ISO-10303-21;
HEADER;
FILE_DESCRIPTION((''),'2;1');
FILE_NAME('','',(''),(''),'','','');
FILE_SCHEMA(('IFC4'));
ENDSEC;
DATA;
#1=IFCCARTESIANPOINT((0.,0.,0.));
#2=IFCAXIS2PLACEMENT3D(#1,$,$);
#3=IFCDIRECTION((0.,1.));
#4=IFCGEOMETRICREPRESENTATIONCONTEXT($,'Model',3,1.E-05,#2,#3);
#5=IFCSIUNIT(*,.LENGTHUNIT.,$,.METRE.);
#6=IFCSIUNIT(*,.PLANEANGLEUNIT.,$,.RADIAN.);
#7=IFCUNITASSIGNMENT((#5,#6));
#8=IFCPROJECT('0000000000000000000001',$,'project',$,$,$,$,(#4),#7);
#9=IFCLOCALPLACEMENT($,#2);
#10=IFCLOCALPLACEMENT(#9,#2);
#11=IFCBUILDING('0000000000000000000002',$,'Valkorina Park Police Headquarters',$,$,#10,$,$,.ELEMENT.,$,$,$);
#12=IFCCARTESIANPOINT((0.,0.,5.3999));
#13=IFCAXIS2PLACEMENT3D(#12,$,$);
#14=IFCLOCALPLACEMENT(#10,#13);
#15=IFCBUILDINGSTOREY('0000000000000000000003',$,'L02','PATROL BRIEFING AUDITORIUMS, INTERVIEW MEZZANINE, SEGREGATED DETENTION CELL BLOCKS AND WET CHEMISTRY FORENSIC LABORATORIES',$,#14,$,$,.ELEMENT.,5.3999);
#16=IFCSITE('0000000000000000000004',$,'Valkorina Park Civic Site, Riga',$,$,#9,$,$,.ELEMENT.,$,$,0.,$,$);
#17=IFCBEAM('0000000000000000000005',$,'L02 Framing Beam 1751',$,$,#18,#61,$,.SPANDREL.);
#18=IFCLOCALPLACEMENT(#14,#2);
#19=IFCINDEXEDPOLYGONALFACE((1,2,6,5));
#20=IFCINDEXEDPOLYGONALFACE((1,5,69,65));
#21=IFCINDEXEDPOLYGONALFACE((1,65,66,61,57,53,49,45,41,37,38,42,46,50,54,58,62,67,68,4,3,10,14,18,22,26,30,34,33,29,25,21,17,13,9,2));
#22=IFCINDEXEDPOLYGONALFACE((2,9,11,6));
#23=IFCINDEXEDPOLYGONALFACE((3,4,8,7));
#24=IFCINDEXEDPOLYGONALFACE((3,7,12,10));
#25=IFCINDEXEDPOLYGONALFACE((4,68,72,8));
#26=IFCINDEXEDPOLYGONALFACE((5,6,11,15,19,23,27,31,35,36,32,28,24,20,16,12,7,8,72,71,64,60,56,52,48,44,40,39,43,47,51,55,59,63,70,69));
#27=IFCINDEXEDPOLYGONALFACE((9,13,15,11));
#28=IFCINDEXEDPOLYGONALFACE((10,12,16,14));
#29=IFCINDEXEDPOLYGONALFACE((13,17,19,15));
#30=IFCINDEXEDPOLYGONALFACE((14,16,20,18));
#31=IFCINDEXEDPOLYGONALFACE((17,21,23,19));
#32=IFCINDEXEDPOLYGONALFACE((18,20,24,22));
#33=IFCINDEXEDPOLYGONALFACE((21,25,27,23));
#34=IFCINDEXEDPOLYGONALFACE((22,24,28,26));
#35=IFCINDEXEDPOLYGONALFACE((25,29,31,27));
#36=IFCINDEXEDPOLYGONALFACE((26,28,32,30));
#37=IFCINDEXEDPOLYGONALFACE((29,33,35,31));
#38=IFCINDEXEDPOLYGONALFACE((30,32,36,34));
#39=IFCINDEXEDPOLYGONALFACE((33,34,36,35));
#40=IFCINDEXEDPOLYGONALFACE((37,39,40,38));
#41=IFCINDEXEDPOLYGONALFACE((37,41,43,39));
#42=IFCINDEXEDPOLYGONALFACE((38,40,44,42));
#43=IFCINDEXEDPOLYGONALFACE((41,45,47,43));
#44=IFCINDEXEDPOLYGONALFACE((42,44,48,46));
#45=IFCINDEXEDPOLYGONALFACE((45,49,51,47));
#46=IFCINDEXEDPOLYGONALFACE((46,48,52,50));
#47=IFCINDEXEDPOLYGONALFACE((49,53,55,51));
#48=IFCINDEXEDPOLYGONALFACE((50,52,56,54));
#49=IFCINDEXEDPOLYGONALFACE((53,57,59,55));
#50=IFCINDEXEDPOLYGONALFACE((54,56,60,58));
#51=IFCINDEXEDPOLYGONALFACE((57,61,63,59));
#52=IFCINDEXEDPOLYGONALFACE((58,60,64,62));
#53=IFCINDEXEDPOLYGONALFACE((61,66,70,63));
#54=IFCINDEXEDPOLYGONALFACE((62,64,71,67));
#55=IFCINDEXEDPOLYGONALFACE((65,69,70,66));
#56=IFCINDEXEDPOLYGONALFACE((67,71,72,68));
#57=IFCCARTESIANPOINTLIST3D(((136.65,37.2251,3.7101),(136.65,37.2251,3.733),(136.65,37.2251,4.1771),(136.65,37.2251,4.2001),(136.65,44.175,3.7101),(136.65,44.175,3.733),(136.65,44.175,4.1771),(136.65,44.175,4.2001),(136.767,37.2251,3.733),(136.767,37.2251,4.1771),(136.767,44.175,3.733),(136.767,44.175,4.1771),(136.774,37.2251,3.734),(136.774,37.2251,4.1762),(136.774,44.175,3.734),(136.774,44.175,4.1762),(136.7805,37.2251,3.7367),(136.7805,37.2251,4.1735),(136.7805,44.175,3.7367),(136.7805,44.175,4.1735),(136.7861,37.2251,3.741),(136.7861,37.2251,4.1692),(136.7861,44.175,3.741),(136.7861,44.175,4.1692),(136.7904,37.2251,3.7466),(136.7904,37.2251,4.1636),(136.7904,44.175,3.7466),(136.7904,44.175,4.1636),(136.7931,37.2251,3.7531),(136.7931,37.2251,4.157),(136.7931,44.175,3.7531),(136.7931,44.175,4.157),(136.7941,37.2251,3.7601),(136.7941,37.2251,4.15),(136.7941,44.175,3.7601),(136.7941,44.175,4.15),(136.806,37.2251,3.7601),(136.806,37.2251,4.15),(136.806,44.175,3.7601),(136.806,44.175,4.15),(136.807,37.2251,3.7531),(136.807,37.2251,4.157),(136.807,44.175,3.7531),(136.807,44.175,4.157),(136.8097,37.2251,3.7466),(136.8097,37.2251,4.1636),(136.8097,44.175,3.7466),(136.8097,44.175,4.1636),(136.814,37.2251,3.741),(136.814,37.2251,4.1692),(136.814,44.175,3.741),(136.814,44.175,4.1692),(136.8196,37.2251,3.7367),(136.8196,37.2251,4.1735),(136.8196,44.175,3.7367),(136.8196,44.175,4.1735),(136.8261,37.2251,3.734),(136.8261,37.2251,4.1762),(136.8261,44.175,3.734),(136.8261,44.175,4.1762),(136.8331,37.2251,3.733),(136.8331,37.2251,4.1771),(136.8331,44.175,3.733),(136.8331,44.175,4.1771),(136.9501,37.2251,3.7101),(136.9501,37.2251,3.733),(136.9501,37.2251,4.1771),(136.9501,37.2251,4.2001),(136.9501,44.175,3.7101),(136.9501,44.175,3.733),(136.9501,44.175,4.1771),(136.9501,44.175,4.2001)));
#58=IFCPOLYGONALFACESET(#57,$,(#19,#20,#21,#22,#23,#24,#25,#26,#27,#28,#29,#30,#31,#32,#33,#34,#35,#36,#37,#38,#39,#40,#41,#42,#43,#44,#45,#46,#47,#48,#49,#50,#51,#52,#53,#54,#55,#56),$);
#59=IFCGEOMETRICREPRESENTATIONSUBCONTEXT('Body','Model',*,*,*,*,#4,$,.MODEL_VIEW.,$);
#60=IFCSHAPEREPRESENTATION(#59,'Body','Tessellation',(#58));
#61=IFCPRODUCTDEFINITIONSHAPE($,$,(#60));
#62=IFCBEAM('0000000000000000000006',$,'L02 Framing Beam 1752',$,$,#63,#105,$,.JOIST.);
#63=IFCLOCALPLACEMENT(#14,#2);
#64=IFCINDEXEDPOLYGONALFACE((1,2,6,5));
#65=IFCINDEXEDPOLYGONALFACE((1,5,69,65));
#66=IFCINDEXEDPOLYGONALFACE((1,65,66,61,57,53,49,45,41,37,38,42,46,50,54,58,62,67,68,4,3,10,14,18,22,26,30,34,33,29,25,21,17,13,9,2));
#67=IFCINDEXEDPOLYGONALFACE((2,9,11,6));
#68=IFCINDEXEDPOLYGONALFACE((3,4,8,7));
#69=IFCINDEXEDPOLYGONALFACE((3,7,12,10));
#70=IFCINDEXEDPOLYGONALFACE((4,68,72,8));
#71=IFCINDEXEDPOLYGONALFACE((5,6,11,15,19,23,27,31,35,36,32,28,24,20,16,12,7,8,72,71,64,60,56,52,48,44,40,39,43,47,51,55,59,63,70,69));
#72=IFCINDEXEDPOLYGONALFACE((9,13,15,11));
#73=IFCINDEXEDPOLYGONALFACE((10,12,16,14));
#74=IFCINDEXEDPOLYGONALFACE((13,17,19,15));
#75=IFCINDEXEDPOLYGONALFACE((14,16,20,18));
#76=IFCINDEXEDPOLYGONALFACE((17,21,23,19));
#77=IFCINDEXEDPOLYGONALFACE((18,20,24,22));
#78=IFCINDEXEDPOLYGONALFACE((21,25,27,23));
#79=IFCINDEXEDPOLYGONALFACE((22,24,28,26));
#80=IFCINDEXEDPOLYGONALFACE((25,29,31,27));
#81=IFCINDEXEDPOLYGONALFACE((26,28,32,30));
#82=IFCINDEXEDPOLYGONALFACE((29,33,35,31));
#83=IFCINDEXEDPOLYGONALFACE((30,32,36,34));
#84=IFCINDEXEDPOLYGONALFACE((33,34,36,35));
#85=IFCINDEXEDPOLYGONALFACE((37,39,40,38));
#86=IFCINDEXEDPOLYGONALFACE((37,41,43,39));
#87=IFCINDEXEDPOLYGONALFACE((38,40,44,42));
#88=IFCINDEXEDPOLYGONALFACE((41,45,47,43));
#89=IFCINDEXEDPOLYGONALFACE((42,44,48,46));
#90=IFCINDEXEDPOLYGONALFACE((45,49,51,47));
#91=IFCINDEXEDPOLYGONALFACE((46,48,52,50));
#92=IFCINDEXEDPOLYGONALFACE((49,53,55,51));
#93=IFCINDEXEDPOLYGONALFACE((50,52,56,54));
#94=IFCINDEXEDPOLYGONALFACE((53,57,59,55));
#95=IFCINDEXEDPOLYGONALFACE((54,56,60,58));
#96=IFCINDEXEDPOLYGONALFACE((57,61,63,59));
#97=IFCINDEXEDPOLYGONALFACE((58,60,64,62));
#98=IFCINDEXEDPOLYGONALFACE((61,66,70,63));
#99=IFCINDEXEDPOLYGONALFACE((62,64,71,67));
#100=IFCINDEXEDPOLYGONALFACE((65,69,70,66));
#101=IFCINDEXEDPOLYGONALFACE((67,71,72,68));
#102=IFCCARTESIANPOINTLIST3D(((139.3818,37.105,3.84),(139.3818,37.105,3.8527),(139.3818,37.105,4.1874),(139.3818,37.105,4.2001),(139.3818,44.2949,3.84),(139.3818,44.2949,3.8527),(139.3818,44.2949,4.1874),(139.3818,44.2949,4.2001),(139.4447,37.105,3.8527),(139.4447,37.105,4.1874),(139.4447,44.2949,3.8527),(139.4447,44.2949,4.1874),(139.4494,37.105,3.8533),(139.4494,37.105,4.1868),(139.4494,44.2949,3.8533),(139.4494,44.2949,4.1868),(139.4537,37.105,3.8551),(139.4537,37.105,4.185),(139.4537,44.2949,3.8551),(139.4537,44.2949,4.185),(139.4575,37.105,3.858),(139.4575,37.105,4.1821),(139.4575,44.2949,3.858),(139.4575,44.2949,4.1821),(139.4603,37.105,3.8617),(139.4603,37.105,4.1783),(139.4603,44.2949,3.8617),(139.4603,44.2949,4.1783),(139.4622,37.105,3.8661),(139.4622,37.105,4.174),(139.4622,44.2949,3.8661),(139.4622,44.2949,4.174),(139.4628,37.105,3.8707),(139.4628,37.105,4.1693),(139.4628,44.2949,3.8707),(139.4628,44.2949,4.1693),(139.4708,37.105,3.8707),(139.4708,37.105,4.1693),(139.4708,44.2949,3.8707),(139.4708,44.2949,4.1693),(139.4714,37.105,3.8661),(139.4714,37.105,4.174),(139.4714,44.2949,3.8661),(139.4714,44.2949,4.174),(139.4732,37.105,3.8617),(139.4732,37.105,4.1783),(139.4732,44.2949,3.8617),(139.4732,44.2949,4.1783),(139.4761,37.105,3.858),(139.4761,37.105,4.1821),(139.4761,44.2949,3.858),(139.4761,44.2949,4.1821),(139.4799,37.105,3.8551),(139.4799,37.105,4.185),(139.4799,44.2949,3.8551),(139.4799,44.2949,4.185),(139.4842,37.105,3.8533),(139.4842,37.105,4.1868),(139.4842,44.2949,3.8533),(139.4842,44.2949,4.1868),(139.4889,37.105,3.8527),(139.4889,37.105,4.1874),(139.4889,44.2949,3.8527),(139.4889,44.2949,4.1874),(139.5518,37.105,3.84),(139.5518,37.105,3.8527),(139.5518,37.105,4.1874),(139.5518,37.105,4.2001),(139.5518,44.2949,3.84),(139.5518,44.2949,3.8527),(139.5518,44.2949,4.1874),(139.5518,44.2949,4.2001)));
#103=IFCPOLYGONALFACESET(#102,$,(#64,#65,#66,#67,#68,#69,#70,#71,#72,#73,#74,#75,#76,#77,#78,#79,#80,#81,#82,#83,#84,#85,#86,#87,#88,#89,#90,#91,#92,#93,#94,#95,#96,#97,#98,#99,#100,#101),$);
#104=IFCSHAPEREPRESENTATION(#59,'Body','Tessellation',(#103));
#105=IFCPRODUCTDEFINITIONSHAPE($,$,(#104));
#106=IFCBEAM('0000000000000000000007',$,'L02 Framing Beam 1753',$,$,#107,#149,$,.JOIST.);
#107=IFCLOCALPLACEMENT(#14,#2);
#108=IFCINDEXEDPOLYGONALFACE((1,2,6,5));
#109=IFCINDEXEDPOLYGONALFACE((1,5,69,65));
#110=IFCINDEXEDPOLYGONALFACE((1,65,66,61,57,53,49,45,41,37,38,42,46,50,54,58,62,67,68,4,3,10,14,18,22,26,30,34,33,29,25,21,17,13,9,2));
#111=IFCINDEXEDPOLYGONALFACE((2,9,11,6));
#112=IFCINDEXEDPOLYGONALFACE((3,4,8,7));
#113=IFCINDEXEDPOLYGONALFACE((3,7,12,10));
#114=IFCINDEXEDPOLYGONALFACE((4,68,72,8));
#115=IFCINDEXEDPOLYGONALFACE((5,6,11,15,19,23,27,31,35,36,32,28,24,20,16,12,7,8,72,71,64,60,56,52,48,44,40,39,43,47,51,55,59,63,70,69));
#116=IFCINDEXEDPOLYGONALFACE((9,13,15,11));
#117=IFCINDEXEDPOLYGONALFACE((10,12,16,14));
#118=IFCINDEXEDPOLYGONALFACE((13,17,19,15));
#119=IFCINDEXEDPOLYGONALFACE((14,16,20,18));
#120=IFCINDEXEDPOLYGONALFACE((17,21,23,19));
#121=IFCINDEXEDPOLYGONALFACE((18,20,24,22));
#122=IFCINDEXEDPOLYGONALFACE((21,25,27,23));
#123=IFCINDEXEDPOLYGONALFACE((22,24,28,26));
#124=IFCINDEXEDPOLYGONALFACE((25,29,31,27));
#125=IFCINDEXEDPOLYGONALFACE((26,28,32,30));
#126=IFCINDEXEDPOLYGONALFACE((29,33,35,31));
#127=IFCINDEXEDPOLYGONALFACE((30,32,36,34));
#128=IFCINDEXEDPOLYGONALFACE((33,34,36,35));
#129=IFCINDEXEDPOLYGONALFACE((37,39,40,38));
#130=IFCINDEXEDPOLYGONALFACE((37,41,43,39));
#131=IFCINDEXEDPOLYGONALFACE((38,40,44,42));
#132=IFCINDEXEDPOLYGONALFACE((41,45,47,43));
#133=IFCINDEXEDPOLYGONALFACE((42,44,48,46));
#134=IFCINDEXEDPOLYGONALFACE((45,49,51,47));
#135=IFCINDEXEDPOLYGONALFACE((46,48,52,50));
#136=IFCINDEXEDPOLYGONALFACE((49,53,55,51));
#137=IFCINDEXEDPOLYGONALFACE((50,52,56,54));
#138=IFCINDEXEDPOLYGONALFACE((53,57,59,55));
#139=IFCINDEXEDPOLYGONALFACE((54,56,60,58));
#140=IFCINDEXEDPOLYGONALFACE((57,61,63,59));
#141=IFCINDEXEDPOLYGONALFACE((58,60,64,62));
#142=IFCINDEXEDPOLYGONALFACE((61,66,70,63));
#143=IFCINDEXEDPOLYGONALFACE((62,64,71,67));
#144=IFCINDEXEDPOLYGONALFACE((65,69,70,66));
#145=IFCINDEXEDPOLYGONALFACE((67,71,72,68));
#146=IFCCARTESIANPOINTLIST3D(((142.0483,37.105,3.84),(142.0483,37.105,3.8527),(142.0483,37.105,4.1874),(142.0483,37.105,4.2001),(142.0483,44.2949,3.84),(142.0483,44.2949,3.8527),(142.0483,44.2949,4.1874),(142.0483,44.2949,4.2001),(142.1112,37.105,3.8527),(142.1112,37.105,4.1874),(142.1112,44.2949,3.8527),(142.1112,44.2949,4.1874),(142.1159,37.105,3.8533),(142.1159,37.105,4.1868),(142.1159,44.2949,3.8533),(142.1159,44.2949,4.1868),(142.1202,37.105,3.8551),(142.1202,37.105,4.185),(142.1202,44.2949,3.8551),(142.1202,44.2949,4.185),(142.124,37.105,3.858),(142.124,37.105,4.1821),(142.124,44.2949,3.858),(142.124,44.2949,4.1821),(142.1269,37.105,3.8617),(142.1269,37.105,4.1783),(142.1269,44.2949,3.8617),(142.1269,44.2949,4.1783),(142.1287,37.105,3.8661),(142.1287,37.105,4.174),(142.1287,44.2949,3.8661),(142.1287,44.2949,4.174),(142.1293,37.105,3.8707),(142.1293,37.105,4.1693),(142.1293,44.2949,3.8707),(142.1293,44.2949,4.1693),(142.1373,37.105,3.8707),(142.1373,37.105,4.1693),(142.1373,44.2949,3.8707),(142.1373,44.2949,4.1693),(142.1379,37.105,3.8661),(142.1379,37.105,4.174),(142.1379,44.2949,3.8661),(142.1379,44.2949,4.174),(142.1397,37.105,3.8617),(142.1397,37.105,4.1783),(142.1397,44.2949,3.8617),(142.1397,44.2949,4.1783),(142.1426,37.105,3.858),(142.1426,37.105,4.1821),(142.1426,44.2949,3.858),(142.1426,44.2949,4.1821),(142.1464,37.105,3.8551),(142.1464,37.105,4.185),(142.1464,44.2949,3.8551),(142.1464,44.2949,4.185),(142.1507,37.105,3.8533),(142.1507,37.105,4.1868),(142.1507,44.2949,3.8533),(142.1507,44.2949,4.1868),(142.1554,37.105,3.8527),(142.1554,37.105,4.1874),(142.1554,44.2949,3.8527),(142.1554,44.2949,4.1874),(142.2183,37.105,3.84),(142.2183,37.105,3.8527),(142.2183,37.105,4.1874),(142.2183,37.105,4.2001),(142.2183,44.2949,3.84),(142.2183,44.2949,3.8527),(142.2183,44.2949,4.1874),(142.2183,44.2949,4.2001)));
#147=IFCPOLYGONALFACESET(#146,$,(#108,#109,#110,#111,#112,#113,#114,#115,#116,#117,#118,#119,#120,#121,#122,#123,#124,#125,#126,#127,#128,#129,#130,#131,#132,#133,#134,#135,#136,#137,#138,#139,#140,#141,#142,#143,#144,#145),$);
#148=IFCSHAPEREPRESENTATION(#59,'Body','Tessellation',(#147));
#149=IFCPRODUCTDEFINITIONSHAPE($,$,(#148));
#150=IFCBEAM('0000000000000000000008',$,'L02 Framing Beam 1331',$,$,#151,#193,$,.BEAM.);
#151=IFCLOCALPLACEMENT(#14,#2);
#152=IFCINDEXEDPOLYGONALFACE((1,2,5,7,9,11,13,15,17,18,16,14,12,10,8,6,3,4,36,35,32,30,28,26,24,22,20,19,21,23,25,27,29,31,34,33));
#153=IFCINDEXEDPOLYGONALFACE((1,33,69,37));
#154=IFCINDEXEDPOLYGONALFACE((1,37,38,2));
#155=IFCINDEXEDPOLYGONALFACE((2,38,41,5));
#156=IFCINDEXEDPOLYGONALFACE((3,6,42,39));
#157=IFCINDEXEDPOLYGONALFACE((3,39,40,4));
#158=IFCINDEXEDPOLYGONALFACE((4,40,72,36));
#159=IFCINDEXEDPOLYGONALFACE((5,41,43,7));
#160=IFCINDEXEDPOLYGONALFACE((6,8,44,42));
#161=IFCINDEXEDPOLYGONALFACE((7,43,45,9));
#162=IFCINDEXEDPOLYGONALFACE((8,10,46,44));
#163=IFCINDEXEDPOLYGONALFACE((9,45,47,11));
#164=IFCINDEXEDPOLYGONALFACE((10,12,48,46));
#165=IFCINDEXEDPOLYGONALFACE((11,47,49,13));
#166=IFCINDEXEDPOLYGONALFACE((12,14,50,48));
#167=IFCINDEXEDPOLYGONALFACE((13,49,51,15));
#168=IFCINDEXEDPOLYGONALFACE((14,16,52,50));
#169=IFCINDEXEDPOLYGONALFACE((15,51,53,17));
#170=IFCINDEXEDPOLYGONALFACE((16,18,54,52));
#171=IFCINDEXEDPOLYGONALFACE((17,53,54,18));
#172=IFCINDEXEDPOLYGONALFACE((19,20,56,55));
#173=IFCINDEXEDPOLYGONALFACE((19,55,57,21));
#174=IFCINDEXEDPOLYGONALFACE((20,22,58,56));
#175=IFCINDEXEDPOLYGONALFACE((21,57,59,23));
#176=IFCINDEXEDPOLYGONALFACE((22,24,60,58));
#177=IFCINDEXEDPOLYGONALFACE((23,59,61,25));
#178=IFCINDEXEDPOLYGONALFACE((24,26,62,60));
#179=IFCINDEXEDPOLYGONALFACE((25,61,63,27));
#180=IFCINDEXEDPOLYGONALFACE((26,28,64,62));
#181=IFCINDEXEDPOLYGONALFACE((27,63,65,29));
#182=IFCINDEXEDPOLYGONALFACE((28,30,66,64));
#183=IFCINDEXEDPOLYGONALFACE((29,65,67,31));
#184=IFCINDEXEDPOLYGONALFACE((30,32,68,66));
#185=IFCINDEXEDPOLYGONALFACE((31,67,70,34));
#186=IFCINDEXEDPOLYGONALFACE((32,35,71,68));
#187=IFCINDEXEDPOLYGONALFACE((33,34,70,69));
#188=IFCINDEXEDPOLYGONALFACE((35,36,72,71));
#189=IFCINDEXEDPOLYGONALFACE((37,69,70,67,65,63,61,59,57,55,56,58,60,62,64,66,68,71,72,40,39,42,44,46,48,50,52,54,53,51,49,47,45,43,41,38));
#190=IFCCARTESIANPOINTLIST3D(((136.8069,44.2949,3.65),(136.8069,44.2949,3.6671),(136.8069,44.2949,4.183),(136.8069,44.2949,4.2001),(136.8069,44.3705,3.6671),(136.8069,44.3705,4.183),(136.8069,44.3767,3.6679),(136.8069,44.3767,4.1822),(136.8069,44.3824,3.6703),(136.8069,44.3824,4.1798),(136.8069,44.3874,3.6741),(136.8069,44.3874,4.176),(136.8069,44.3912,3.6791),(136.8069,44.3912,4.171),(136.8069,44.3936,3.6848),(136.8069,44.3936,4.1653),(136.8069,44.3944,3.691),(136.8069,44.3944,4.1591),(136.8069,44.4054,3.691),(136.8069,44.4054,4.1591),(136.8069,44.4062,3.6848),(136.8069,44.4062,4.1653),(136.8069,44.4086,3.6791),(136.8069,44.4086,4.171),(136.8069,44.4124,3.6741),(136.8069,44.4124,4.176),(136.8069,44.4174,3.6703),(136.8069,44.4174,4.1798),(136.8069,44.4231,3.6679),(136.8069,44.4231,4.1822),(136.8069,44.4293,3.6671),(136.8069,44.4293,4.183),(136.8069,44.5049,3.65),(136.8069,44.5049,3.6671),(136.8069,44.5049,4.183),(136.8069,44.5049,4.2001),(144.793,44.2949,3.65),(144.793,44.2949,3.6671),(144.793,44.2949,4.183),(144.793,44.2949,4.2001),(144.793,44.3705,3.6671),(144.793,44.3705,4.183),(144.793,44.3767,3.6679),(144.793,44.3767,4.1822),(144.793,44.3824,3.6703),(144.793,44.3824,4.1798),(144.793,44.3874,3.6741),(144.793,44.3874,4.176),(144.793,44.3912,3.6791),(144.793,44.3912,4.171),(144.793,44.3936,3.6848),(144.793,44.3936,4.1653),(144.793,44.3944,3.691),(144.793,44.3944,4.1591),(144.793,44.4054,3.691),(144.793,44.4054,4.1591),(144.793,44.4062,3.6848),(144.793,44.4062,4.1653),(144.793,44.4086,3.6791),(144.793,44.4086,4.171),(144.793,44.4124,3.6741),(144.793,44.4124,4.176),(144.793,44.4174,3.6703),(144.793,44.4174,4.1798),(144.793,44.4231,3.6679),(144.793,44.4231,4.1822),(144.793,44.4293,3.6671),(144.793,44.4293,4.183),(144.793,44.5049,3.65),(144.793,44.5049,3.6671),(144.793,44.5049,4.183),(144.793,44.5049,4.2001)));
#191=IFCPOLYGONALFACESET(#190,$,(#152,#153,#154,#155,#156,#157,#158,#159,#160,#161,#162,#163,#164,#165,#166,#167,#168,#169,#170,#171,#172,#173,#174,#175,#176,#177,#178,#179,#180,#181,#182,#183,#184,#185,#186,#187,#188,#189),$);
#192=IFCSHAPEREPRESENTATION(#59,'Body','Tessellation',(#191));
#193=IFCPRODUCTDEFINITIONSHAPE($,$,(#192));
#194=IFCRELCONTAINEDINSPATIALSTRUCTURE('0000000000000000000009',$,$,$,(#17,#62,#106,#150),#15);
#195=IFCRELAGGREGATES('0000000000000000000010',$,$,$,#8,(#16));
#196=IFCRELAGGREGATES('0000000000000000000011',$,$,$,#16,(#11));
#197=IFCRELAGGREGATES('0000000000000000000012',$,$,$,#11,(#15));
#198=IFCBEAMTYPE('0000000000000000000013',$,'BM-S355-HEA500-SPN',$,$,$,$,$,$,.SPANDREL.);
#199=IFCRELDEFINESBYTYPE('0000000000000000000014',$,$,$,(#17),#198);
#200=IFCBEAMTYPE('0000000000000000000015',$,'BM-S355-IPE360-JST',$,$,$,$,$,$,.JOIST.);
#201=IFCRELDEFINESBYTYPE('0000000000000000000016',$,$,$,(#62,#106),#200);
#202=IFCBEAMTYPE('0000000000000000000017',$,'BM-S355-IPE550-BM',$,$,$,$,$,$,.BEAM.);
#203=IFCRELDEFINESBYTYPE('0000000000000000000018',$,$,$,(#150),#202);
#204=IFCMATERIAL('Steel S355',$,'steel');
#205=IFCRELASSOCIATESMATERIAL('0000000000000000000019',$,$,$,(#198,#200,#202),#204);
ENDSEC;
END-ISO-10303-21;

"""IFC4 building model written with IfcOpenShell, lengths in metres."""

from ifc_helpers import new_model, si_unit, direction, frame, origin, origin_2d, place, context, subcontext, project, spatial, i_section, extrude, material, material_profile, profile_set, type_object, element, save


model = new_model("IFC4")

# Units and contexts
model_context = context("Model", 3, precision=1e-05, world=origin(), true_north=direction((0.0, 1.0)))
body_context = subcontext(model_context, "Body", "Model", "MODEL_VIEW")
ifc_project = project(units=[si_unit("LENGTHUNIT", "METRE"), si_unit("PLANEANGLEUNIT", "RADIAN")], contexts=[model_context])

# Site, building, storey
site_placement = place(None, origin())
site = spatial("IfcSite", under=ifc_project, at=site_placement, Name="Valkorina Park Civic Site, Riga", CompositionType="ELEMENT", RefElevation=0.0)
building_placement = place(site_placement, origin())
building = spatial("IfcBuilding", under=site, at=building_placement, Name="Valkorina Park Police Headquarters", CompositionType="ELEMENT")
storey_placement = place(building_placement, frame((0.0, 0.0, 5.3999)))
storey = spatial("IfcBuildingStorey", under=building, at=storey_placement, Name="L02", Description="PATROL BRIEFING AUDITORIUMS, INTERVIEW MEZZANINE, SEGREGATED DETENTION CELL BLOCKS AND WET CHEMISTRY FORENSIC LABORATORIES", CompositionType="ELEMENT", Elevation=5.3999)

# Shared definitions
ifc_material_1 = material(Name="Steel S355", Category="steel")

# Beams
ifc_material_profile_1 = material_profile(ifc_material_1, i_section(OverallWidth=0.3, OverallDepth=0.49, WebThickness=0.012, FlangeThickness=0.0229, FilletRadius=0.0271, at=origin_2d()), Name="HEA 500")
ifc_profile_set_1 = profile_set([ifc_material_profile_1], Name="Steel S355")
beam_type_1 = type_object("IfcBeamType", Name="BM-S355-HEA500-SPN", PredefinedType="SPANDREL", material=ifc_profile_set_1)
beam_1_placement = place(storey_placement, frame((136.8, 37.2251, 3.9551), z_axis=(0.0, 1.0, 0.0), x_axis=(-1.0, 0.0, 0.0)))
element("IfcBeam", 1, at=beam_1_placement, inside=storey, type_object=beam_type_1, Name="L02 Framing Beam 1751", PredefinedType="SPANDREL", context=body_context, shape_type="SweptSolid", body=[
    extrude(i_section(OverallWidth=0.3, OverallDepth=0.49, WebThickness=0.012, FlangeThickness=0.0229, FilletRadius=0.0271, at=origin_2d()), origin(), (0.0, 0.0, 1.0), 6.95),
])
ifc_material_profile_2 = material_profile(ifc_material_1, i_section(OverallWidth=0.1699, OverallDepth=0.3601, WebThickness=0.0081, FlangeThickness=0.0127, FilletRadius=0.0181, at=origin_2d()), Name="IPE 360")
ifc_profile_set_2 = profile_set([ifc_material_profile_2], Name="Steel S355")
beam_type_2 = type_object("IfcBeamType", Name="BM-S355-IPE360-JST", PredefinedType="JOIST", material=ifc_profile_set_2)
for number, where, z_axis, x_axis, name in (
    (2, (139.4668, 37.105, 4.02), (0.0, 1.0, 0.0), (-1.0, 0.0, 0.0), "L02 Framing Beam 1752"),
    (3, (142.1333, 37.105, 4.02), (0.0, 1.0, 0.0), (-1.0, 0.0, 0.0), "L02 Framing Beam 1753"),
):
    element("IfcBeam", number, at=place(storey_placement, frame(where, z_axis=z_axis, x_axis=x_axis)), inside=storey, type_object=beam_type_2, Name=name, PredefinedType="JOIST", context=body_context, shape_type="SweptSolid", body=[
        extrude(i_section(OverallWidth=0.1699, OverallDepth=0.3601, WebThickness=0.0081, FlangeThickness=0.0127, FilletRadius=0.0181, at=origin_2d()), origin(), (0.0, 0.0, 1.0), 7.1899),
    ])
ifc_material_profile_3 = material_profile(ifc_material_1, i_section(OverallWidth=0.21, OverallDepth=0.55, WebThickness=0.011, FlangeThickness=0.0171, FilletRadius=0.0239, at=origin_2d()), Name="IPE 550")
ifc_profile_set_3 = profile_set([ifc_material_profile_3], Name="Steel S355")
beam_type_3 = type_object("IfcBeamType", Name="BM-S355-IPE550-BM", PredefinedType="BEAM", material=ifc_profile_set_3)
for number, where, z_axis, x_axis, name in (
    (4, (136.8069, 44.3999, 3.925), (1.0, 0.0, 0.0), (0.0, 1.0, 0.0), "L02 Framing Beam 1331"),
):
    element("IfcBeam", number, at=place(storey_placement, frame(where, z_axis=z_axis, x_axis=x_axis)), inside=storey, type_object=beam_type_3, Name=name, PredefinedType="BEAM", context=body_context, shape_type="SweptSolid", body=[
        extrude(i_section(OverallWidth=0.21, OverallDepth=0.55, WebThickness=0.011, FlangeThickness=0.0171, FilletRadius=0.0239, at=origin_2d()), origin(), (0.0, 0.0, 1.0), 7.9861),
    ])

save(model, "model.ifc")
